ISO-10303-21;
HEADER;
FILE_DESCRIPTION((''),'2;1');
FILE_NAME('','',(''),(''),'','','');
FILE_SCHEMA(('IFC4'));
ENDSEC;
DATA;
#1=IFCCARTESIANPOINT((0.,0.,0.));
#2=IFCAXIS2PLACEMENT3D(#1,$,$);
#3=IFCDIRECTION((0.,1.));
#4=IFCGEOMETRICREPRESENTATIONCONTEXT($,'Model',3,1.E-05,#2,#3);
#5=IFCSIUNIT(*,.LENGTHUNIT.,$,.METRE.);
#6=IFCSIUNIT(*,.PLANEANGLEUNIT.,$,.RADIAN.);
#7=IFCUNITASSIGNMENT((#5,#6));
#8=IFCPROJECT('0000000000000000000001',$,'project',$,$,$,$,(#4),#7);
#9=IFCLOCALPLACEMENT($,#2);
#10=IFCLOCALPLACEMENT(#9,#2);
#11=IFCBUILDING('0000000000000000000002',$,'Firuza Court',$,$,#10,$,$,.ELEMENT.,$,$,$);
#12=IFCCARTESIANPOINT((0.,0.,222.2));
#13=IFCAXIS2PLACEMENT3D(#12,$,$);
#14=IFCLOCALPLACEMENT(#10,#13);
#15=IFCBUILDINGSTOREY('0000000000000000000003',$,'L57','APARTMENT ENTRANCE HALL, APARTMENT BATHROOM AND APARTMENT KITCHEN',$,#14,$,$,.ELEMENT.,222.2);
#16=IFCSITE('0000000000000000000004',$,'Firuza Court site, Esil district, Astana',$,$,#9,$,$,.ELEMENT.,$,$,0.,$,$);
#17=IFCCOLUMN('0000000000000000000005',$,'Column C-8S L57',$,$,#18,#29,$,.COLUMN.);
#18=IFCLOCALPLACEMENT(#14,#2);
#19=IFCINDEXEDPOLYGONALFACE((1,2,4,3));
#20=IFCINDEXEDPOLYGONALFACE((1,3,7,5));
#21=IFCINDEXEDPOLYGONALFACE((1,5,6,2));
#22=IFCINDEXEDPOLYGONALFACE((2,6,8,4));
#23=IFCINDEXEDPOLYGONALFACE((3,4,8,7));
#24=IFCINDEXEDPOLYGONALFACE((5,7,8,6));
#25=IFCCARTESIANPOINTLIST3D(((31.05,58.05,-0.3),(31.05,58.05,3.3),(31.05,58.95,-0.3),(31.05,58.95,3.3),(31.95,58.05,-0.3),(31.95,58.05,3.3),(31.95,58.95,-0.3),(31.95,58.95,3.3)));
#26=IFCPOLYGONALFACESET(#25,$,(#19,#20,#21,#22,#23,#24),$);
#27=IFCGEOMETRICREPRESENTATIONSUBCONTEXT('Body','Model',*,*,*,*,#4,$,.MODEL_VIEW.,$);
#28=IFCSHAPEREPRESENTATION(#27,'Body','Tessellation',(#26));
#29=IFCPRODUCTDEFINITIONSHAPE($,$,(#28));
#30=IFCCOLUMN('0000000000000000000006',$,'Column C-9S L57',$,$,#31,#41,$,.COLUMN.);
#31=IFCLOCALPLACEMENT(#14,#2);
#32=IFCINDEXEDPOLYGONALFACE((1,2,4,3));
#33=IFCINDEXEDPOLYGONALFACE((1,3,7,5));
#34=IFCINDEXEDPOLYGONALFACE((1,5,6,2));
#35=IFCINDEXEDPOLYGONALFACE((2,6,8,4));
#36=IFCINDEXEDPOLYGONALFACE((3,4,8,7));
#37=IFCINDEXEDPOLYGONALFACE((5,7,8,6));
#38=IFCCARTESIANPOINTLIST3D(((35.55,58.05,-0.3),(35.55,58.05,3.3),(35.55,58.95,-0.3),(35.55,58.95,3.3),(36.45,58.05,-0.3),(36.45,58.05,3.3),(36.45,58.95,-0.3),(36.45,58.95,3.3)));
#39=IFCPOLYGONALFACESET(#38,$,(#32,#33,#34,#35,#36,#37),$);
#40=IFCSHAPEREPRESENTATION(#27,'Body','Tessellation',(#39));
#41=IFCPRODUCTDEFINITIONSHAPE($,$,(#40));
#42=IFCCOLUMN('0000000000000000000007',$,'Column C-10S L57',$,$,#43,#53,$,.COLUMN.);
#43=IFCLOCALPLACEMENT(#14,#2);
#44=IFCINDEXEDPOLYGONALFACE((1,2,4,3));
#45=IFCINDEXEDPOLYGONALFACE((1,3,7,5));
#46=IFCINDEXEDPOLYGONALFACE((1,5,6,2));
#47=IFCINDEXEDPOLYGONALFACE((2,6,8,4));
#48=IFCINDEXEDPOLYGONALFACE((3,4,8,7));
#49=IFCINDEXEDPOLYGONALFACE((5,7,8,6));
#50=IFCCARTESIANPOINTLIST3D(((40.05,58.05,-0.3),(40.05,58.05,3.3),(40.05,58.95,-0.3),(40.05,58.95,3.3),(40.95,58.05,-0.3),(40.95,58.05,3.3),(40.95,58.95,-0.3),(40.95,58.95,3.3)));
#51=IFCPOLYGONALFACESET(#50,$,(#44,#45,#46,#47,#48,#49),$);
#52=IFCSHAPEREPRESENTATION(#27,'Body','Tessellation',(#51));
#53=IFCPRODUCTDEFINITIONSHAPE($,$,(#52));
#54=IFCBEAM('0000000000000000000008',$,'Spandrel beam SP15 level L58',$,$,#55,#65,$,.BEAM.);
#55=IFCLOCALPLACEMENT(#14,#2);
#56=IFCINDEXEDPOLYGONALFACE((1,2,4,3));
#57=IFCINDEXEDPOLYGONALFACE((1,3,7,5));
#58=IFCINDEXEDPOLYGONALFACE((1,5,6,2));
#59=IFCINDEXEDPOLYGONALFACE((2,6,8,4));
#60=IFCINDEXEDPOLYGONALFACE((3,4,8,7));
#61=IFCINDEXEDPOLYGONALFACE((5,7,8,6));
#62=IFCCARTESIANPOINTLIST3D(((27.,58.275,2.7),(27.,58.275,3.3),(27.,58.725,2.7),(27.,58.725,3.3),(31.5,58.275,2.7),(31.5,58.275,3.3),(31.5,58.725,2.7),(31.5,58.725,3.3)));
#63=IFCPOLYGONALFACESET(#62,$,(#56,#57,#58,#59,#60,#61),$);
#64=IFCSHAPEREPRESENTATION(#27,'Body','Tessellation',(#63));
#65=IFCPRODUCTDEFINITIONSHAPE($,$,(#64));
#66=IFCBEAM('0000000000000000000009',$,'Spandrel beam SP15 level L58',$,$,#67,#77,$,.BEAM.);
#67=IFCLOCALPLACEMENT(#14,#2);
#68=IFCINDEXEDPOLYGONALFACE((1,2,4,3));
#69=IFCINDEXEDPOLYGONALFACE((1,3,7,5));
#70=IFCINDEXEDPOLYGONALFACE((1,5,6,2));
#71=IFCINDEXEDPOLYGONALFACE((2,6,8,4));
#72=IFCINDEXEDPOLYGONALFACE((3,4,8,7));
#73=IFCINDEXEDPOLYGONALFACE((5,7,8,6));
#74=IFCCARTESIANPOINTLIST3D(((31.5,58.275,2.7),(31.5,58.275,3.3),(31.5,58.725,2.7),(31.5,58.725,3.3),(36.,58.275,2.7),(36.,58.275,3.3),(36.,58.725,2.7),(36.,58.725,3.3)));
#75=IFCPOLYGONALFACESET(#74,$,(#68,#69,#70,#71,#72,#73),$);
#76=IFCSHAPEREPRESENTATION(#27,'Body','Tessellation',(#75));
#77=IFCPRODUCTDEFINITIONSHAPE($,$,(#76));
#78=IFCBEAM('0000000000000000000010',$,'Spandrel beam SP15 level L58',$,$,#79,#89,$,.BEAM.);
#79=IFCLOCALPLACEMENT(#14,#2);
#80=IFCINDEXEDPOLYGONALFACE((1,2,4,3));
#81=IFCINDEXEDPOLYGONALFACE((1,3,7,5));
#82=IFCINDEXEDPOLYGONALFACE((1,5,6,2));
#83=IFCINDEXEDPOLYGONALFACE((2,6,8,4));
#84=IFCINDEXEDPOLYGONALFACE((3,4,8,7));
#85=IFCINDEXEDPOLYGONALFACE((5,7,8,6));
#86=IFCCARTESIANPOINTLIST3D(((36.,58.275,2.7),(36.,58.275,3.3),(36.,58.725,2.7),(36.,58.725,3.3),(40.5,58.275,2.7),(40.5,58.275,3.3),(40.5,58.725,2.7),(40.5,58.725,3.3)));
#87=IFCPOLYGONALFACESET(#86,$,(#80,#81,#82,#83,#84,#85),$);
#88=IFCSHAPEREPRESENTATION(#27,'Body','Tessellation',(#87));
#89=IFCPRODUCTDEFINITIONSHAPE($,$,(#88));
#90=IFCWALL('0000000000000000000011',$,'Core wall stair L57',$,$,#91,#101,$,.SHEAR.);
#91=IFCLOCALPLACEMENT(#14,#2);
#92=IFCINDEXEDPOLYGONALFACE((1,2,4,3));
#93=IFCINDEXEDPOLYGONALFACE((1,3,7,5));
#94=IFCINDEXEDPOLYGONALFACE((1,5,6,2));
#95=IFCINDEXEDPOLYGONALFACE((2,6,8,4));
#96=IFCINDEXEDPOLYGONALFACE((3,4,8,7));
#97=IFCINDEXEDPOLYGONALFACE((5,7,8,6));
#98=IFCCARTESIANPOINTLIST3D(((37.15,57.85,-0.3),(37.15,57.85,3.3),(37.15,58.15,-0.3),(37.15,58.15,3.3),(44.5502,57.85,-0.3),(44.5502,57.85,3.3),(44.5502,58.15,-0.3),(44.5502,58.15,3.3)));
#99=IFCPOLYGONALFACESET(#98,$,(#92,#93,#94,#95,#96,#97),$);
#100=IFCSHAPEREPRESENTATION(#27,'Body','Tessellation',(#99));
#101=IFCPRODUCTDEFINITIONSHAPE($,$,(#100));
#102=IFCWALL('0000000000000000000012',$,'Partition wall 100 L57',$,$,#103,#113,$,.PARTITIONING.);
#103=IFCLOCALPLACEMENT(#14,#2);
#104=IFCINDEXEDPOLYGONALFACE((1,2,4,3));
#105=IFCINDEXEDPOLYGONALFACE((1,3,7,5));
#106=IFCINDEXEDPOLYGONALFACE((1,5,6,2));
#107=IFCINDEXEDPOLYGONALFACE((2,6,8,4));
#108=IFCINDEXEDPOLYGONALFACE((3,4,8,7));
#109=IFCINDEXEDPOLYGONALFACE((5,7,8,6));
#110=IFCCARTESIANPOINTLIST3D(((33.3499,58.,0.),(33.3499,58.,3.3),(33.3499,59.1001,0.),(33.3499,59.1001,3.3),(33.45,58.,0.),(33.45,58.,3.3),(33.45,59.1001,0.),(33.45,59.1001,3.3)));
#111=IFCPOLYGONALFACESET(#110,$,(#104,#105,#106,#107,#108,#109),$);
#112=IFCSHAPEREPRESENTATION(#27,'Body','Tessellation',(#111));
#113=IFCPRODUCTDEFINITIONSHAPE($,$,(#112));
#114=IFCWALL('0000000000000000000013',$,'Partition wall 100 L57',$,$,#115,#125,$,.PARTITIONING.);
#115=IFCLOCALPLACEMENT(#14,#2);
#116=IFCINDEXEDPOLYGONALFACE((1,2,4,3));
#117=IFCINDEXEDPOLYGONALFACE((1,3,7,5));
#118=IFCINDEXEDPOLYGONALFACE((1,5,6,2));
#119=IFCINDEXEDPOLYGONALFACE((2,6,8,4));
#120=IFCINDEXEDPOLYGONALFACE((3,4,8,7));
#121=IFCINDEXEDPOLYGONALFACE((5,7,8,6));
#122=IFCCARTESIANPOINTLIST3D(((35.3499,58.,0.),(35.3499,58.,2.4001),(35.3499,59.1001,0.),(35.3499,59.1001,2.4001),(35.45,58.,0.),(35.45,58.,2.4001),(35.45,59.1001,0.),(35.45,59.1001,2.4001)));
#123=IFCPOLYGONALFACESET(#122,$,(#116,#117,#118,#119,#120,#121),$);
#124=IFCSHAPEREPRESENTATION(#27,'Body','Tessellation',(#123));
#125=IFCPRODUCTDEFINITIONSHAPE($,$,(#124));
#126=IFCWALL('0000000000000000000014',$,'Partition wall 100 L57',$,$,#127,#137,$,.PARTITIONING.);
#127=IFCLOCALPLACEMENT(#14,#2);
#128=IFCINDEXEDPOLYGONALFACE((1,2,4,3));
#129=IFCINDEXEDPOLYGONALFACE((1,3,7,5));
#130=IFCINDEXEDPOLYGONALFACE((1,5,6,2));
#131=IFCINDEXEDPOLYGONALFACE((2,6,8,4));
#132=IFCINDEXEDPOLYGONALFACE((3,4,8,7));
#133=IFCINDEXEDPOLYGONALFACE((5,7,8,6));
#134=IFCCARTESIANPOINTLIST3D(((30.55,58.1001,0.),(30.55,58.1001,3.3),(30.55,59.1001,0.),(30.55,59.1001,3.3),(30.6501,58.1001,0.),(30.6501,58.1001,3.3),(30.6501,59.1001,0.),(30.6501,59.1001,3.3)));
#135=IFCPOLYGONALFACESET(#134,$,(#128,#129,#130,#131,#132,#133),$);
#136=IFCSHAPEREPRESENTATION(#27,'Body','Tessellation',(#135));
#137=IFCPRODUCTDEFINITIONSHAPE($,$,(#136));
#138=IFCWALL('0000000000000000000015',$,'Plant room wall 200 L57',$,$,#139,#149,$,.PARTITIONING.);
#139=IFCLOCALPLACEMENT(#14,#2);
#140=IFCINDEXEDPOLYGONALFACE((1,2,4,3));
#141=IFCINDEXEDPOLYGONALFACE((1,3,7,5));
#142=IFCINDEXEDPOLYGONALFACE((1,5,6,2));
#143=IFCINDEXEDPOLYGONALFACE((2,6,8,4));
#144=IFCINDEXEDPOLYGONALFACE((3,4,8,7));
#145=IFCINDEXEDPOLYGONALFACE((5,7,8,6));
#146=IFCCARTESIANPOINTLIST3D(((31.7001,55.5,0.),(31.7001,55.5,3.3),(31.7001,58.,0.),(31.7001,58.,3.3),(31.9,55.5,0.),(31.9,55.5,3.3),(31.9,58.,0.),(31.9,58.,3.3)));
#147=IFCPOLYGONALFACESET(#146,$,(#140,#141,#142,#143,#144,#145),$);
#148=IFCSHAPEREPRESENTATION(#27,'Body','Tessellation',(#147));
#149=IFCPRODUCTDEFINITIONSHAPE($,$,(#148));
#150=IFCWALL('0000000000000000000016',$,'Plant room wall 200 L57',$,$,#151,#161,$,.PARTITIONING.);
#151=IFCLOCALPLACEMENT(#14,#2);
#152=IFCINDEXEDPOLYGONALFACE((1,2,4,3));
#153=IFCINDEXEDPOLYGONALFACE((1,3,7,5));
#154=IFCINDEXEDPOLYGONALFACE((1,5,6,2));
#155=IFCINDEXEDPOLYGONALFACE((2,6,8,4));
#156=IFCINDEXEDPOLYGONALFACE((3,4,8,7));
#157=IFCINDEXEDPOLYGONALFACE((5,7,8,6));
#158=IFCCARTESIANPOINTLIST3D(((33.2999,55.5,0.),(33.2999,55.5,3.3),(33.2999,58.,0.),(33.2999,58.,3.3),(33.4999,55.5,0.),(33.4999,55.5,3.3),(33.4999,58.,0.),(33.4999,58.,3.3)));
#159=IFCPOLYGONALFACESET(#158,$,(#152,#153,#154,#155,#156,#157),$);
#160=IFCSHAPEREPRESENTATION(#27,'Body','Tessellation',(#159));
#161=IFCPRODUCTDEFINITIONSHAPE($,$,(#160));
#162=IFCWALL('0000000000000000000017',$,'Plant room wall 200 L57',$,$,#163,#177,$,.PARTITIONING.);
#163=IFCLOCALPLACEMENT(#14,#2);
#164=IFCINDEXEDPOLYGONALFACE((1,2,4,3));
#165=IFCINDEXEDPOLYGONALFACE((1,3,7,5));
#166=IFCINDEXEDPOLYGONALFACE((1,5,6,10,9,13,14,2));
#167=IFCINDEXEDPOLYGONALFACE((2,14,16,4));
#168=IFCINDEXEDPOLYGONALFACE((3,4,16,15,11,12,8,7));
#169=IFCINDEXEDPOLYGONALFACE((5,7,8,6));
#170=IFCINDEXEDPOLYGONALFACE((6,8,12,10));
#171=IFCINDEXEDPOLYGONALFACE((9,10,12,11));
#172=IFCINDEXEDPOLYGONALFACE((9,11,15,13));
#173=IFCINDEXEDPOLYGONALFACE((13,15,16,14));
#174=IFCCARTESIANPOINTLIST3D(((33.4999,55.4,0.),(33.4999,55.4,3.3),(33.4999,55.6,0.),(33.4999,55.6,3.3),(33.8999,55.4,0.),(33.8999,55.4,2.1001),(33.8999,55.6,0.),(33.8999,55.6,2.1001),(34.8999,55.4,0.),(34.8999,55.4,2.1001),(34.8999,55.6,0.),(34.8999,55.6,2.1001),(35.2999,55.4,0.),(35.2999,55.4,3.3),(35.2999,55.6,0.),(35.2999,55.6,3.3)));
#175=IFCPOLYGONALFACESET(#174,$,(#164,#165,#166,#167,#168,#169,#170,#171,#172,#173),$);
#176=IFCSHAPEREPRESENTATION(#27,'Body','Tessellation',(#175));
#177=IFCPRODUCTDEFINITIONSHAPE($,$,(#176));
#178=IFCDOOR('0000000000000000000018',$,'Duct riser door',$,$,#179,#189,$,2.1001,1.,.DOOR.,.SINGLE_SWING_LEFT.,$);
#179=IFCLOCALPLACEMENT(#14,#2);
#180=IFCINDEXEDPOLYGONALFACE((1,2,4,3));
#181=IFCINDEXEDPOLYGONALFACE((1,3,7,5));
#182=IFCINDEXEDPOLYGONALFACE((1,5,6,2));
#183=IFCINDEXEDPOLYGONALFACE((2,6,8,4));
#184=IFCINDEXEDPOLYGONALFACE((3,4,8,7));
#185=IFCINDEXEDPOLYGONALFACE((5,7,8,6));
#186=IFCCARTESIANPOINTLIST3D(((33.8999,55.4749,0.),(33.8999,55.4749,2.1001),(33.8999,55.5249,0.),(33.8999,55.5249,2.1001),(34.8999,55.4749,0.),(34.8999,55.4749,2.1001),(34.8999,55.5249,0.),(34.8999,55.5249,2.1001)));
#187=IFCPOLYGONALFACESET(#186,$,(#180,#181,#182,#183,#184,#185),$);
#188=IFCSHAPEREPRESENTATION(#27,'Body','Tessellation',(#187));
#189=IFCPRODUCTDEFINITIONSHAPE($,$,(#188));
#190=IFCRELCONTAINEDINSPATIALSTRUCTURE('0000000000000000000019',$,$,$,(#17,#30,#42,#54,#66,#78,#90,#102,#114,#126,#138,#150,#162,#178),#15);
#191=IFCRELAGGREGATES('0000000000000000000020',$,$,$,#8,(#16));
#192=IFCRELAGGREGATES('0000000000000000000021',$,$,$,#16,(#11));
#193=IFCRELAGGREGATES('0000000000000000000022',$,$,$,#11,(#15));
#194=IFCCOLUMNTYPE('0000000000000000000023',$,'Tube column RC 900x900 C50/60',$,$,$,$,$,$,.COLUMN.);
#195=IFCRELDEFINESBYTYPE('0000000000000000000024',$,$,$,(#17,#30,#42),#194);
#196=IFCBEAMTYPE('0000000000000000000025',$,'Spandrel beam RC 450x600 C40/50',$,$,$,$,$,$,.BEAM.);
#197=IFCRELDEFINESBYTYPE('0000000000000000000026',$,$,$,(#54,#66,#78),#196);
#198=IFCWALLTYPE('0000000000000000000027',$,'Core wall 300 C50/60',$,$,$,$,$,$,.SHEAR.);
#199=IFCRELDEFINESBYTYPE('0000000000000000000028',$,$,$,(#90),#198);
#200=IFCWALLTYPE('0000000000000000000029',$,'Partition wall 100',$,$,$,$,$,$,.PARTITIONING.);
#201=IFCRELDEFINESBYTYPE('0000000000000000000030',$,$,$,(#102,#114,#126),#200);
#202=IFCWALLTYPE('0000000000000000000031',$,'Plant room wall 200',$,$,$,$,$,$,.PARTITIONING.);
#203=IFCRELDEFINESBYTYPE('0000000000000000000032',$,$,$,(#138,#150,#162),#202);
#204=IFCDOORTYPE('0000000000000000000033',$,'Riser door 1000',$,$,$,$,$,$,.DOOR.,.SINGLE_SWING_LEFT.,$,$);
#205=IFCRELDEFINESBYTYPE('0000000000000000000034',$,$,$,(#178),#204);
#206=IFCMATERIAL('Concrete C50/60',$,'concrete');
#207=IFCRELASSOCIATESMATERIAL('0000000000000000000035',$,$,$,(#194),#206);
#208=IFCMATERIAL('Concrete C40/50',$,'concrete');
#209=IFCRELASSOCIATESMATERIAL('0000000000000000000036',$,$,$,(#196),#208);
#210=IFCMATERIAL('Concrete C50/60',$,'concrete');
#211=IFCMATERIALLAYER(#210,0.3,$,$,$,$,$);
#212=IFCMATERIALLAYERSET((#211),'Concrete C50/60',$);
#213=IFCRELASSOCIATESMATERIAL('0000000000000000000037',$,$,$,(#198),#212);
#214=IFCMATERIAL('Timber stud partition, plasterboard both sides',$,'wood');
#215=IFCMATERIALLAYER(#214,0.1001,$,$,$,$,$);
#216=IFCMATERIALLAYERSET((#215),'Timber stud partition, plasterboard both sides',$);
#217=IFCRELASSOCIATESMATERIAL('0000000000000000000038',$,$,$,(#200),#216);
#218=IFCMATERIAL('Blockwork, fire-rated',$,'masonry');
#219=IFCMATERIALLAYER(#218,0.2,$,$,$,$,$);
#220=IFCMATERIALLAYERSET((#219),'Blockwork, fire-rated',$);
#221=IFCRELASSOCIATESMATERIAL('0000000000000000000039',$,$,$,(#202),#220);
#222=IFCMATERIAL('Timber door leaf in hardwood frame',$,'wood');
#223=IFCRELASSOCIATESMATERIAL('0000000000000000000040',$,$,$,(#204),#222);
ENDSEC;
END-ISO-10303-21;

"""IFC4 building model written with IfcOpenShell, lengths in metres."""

from ifc_helpers import new_model, si_unit, direction, frame, frame_2d, origin, origin_2d, place, context, subcontext, project, spatial, rectangle, extrude, material, layer, layer_set, material_profile, profile_set, type_object, element, fill, save


model = new_model("IFC4")

# Units and contexts
model_context = context("Model", 3, precision=1e-05, world=origin(), true_north=direction((0.0, 1.0)))
body_context = subcontext(model_context, "Body", "Model", "MODEL_VIEW")
ifc_project = project(units=[si_unit("LENGTHUNIT", "METRE"), si_unit("PLANEANGLEUNIT", "RADIAN")], contexts=[model_context])

# Site, building, storey
site_placement = place(None, origin())
site = spatial("IfcSite", under=ifc_project, at=site_placement, Name="Firuza Court site, Esil district, Astana", CompositionType="ELEMENT", RefElevation=0.0)
building_placement = place(site_placement, origin())
building = spatial("IfcBuilding", under=site, at=building_placement, Name="Firuza Court", CompositionType="ELEMENT")
storey_placement = place(building_placement, frame((0.0, 0.0, 222.2)))
storey = spatial("IfcBuildingStorey", under=building, at=storey_placement, Name="L57", Description="APARTMENT ENTRANCE HALL, APARTMENT BATHROOM AND APARTMENT KITCHEN", CompositionType="ELEMENT", Elevation=222.2)

# Columns
ifc_material_1 = material(Name="Concrete C50/60", Category="concrete")
ifc_material_profile_1 = material_profile(ifc_material_1, rectangle(XDim=0.8999, YDim=0.8999, at=origin_2d()), Name="RC 900x900")
ifc_profile_set_1 = profile_set([ifc_material_profile_1], Name="Concrete C50/60")
column_type = type_object("IfcColumnType", Name="Tube column RC 900x900 C50/60", PredefinedType="COLUMN", material=ifc_profile_set_1)
for number, where, z_axis, x_axis, name in (
    (1, (31.5, 58.5, -0.3), (0.0, 0.0, 1.0), (1.0, 0.0, 0.0), "Column C-8S L57"),
    (2, (36.0, 58.5, -0.3), (0.0, 0.0, 1.0), (1.0, 0.0, 0.0), "Column C-9S L57"),
    (3, (40.5, 58.5, -0.3), (0.0, 0.0, 1.0), (1.0, 0.0, 0.0), "Column C-10S L57"),
):
    element("IfcColumn", number, at=place(storey_placement, frame(where, z_axis=z_axis, x_axis=x_axis)), inside=storey, type_object=column_type, Name=name, PredefinedType="COLUMN", context=body_context, shape_type="SweptSolid", body=[
        extrude(rectangle(XDim=0.8999, YDim=0.8999, at=origin_2d()), origin(), (0.0, 0.0, 1.0), 3.6001),
    ])

# Beams
ifc_material_2 = material(Name="Concrete C40/50", Category="concrete")
ifc_material_profile_2 = material_profile(ifc_material_2, rectangle(XDim=0.45, YDim=0.6001, at=origin_2d()), Name="RC 450x600")
ifc_profile_set_2 = profile_set([ifc_material_profile_2], Name="Concrete C40/50")
beam_type = type_object("IfcBeamType", Name="Spandrel beam RC 450x600 C40/50", PredefinedType="BEAM", material=ifc_profile_set_2)
for number, where, z_axis, x_axis, name in (
    (4, (31.5, 58.5, 3.0), (-1.0, 0.0, 0.0), (0.0, -1.0, 0.0), "Spandrel beam SP15 level L58"),
    (5, (36.0, 58.5, 3.0), (-1.0, 0.0, 0.0), (0.0, -1.0, 0.0), "Spandrel beam SP15 level L58"),
    (6, (40.5, 58.5, 3.0), (-1.0, 0.0, 0.0), (0.0, -1.0, 0.0), "Spandrel beam SP15 level L58"),
):
    element("IfcBeam", number, at=place(storey_placement, frame(where, z_axis=z_axis, x_axis=x_axis)), inside=storey, type_object=beam_type, Name=name, PredefinedType="BEAM", context=body_context, shape_type="SweptSolid", body=[
        extrude(rectangle(XDim=0.45, YDim=0.6001, at=origin_2d()), origin(), (0.0, 0.0, 1.0), 4.5),
    ])

# Walls
ifc_material_3 = material(Name="Concrete C50/60", Category="concrete")
ifc_layer_1 = layer(ifc_material_3, 0.3)
ifc_layer_set_1 = layer_set([ifc_layer_1], Name="Concrete C50/60")
wall_type_1 = type_object("IfcWallType", Name="Core wall 300 C50/60", PredefinedType="SHEAR", material=ifc_layer_set_1)
wall_1_placement = place(storey_placement, frame((37.1499, 58.0, -0.3), z_axis=(0.0, 0.0, 1.0), x_axis=(1.0, 0.0, 0.0)))
element("IfcWall", 7, at=wall_1_placement, inside=storey, type_object=wall_type_1, Name="Core wall stair L57", PredefinedType="SHEAR", context=body_context, shape_type="SweptSolid", body=[
    extrude(rectangle(XDim=7.4001, YDim=0.3, at=frame_2d((3.7002, 0.0))), origin(), (0.0, 0.0, 1.0), 3.6001),
])
ifc_material_4 = material(Name="Timber stud partition, plasterboard both sides", Category="wood")
ifc_layer_2 = layer(ifc_material_4, 0.1001)
ifc_layer_set_2 = layer_set([ifc_layer_2], Name="Timber stud partition, plasterboard both sides")
wall_type_2 = type_object("IfcWallType", Name="Partition wall 100", PredefinedType="PARTITIONING", material=ifc_layer_set_2)
wall_2_placement = place(storey_placement, frame((33.3999, 58.0, 0.0), z_axis=(0.0, 0.0, 1.0), x_axis=(0.0, 1.0, 0.0)))
element("IfcWall", 8, at=wall_2_placement, inside=storey, type_object=wall_type_2, Name="Partition wall 100 L57", PredefinedType="PARTITIONING", context=body_context, shape_type="SweptSolid", body=[
    extrude(rectangle(XDim=1.1001, YDim=0.1001, at=frame_2d((0.55, 0.0))), origin(), (0.0, 0.0, 1.0), 3.3),
])
wall_3_placement = place(storey_placement, frame((35.3999, 58.0, 0.0), z_axis=(0.0, 0.0, 1.0), x_axis=(0.0, 1.0, 0.0)))
element("IfcWall", 9, at=wall_3_placement, inside=storey, type_object=wall_type_2, Name="Partition wall 100 L57", PredefinedType="PARTITIONING", context=body_context, shape_type="SweptSolid", body=[
    extrude(rectangle(XDim=1.1001, YDim=0.1001, at=frame_2d((0.55, 0.0))), origin(), (0.0, 0.0, 1.0), 2.4001),
])
wall_4_placement = place(storey_placement, frame((30.6001, 58.1001, 0.0), z_axis=(0.0, 0.0, 1.0), x_axis=(0.0, 1.0, 0.0)))
element("IfcWall", 10, at=wall_4_placement, inside=storey, type_object=wall_type_2, Name="Partition wall 100 L57", PredefinedType="PARTITIONING", context=body_context, shape_type="SweptSolid", body=[
    extrude(rectangle(XDim=1.0, YDim=0.1001, at=frame_2d((0.5, 0.0))), origin(), (0.0, 0.0, 1.0), 3.3),
])
ifc_material_5 = material(Name="Blockwork, fire-rated", Category="masonry")
ifc_layer_3 = layer(ifc_material_5, 0.2)
ifc_layer_set_3 = layer_set([ifc_layer_3], Name="Blockwork, fire-rated")
wall_type_3 = type_object("IfcWallType", Name="Plant room wall 200", PredefinedType="PARTITIONING", material=ifc_layer_set_3)
for number, where, z_axis, x_axis, name in (
    (11, (31.8, 55.5, 0.0), (0.0, 0.0, 1.0), (0.0, 1.0, 0.0), "Plant room wall 200 L57"),
    (12, (33.3999, 55.5, 0.0), (0.0, 0.0, 1.0), (0.0, 1.0, 0.0), "Plant room wall 200 L57"),
):
    element("IfcWall", number, at=place(storey_placement, frame(where, z_axis=z_axis, x_axis=x_axis)), inside=storey, type_object=wall_type_3, Name=name, PredefinedType="PARTITIONING", context=body_context, shape_type="SweptSolid", body=[
        extrude(rectangle(XDim=2.5, YDim=0.2, at=frame_2d((1.25, 0.0))), origin(), (0.0, 0.0, 1.0), 3.3),
    ])

# Wall, opening, door
wall_5_placement = place(storey_placement, frame((33.5, 55.5, 0.0), z_axis=(0.0, 0.0, 1.0), x_axis=(1.0, 0.0, 0.0)))
wall_5 = element("IfcWall", 13, at=wall_5_placement, inside=storey, type_object=wall_type_3, Name="Plant room wall 200 L57", PredefinedType="PARTITIONING", context=body_context, shape_type="SweptSolid", body=[
    extrude(rectangle(XDim=1.8, YDim=0.2, at=frame_2d((0.8999, 0.0))), origin(), (0.0, 0.0, 1.0), 3.3),
])
opening_placement = place(wall_5_placement, frame((0.3999, 0.0, 0.0)))
opening = element("IfcOpeningElement", 14, at=opening_placement, cuts=wall_5, PredefinedType="OPENING", context=body_context, shape_type="SweptSolid", body=[
    extrude(rectangle(XDim=1.0, YDim=2.1001, at=frame_2d((0.5, 1.05))), frame((0.0, 0.1118, 0.0), z_axis=(0.0, -1.0, 0.0), x_axis=(1.0, 0.0, 0.0)), (0.0, 0.0, 1.0), 0.2239),
])
ifc_material_6 = material(Name="Timber door leaf in hardwood frame", Category="wood")
door_type = type_object("IfcDoorType", Name="Riser door 1000", OperationType="SINGLE_SWING_LEFT", PredefinedType="DOOR", material=ifc_material_6)
door_placement = place(opening_placement, origin())
door = element("IfcDoor", 15, at=door_placement, inside=storey, type_object=door_type, Name="Duct riser door", OperationType="SINGLE_SWING_LEFT", OverallHeight=2.1001, OverallWidth=1.0, PredefinedType="DOOR", context=body_context, shape_type="SweptSolid", body=[
    extrude(rectangle(XDim=1.0, YDim=2.1001, at=frame_2d((0.5, 1.05))), frame((0.0, 0.0249, 0.0), z_axis=(0.0, -1.0, 0.0), x_axis=(1.0, 0.0, 0.0)), (0.0, 0.0, 1.0), 0.05),
])
fill(opening, door)

save(model, "model.ifc")
